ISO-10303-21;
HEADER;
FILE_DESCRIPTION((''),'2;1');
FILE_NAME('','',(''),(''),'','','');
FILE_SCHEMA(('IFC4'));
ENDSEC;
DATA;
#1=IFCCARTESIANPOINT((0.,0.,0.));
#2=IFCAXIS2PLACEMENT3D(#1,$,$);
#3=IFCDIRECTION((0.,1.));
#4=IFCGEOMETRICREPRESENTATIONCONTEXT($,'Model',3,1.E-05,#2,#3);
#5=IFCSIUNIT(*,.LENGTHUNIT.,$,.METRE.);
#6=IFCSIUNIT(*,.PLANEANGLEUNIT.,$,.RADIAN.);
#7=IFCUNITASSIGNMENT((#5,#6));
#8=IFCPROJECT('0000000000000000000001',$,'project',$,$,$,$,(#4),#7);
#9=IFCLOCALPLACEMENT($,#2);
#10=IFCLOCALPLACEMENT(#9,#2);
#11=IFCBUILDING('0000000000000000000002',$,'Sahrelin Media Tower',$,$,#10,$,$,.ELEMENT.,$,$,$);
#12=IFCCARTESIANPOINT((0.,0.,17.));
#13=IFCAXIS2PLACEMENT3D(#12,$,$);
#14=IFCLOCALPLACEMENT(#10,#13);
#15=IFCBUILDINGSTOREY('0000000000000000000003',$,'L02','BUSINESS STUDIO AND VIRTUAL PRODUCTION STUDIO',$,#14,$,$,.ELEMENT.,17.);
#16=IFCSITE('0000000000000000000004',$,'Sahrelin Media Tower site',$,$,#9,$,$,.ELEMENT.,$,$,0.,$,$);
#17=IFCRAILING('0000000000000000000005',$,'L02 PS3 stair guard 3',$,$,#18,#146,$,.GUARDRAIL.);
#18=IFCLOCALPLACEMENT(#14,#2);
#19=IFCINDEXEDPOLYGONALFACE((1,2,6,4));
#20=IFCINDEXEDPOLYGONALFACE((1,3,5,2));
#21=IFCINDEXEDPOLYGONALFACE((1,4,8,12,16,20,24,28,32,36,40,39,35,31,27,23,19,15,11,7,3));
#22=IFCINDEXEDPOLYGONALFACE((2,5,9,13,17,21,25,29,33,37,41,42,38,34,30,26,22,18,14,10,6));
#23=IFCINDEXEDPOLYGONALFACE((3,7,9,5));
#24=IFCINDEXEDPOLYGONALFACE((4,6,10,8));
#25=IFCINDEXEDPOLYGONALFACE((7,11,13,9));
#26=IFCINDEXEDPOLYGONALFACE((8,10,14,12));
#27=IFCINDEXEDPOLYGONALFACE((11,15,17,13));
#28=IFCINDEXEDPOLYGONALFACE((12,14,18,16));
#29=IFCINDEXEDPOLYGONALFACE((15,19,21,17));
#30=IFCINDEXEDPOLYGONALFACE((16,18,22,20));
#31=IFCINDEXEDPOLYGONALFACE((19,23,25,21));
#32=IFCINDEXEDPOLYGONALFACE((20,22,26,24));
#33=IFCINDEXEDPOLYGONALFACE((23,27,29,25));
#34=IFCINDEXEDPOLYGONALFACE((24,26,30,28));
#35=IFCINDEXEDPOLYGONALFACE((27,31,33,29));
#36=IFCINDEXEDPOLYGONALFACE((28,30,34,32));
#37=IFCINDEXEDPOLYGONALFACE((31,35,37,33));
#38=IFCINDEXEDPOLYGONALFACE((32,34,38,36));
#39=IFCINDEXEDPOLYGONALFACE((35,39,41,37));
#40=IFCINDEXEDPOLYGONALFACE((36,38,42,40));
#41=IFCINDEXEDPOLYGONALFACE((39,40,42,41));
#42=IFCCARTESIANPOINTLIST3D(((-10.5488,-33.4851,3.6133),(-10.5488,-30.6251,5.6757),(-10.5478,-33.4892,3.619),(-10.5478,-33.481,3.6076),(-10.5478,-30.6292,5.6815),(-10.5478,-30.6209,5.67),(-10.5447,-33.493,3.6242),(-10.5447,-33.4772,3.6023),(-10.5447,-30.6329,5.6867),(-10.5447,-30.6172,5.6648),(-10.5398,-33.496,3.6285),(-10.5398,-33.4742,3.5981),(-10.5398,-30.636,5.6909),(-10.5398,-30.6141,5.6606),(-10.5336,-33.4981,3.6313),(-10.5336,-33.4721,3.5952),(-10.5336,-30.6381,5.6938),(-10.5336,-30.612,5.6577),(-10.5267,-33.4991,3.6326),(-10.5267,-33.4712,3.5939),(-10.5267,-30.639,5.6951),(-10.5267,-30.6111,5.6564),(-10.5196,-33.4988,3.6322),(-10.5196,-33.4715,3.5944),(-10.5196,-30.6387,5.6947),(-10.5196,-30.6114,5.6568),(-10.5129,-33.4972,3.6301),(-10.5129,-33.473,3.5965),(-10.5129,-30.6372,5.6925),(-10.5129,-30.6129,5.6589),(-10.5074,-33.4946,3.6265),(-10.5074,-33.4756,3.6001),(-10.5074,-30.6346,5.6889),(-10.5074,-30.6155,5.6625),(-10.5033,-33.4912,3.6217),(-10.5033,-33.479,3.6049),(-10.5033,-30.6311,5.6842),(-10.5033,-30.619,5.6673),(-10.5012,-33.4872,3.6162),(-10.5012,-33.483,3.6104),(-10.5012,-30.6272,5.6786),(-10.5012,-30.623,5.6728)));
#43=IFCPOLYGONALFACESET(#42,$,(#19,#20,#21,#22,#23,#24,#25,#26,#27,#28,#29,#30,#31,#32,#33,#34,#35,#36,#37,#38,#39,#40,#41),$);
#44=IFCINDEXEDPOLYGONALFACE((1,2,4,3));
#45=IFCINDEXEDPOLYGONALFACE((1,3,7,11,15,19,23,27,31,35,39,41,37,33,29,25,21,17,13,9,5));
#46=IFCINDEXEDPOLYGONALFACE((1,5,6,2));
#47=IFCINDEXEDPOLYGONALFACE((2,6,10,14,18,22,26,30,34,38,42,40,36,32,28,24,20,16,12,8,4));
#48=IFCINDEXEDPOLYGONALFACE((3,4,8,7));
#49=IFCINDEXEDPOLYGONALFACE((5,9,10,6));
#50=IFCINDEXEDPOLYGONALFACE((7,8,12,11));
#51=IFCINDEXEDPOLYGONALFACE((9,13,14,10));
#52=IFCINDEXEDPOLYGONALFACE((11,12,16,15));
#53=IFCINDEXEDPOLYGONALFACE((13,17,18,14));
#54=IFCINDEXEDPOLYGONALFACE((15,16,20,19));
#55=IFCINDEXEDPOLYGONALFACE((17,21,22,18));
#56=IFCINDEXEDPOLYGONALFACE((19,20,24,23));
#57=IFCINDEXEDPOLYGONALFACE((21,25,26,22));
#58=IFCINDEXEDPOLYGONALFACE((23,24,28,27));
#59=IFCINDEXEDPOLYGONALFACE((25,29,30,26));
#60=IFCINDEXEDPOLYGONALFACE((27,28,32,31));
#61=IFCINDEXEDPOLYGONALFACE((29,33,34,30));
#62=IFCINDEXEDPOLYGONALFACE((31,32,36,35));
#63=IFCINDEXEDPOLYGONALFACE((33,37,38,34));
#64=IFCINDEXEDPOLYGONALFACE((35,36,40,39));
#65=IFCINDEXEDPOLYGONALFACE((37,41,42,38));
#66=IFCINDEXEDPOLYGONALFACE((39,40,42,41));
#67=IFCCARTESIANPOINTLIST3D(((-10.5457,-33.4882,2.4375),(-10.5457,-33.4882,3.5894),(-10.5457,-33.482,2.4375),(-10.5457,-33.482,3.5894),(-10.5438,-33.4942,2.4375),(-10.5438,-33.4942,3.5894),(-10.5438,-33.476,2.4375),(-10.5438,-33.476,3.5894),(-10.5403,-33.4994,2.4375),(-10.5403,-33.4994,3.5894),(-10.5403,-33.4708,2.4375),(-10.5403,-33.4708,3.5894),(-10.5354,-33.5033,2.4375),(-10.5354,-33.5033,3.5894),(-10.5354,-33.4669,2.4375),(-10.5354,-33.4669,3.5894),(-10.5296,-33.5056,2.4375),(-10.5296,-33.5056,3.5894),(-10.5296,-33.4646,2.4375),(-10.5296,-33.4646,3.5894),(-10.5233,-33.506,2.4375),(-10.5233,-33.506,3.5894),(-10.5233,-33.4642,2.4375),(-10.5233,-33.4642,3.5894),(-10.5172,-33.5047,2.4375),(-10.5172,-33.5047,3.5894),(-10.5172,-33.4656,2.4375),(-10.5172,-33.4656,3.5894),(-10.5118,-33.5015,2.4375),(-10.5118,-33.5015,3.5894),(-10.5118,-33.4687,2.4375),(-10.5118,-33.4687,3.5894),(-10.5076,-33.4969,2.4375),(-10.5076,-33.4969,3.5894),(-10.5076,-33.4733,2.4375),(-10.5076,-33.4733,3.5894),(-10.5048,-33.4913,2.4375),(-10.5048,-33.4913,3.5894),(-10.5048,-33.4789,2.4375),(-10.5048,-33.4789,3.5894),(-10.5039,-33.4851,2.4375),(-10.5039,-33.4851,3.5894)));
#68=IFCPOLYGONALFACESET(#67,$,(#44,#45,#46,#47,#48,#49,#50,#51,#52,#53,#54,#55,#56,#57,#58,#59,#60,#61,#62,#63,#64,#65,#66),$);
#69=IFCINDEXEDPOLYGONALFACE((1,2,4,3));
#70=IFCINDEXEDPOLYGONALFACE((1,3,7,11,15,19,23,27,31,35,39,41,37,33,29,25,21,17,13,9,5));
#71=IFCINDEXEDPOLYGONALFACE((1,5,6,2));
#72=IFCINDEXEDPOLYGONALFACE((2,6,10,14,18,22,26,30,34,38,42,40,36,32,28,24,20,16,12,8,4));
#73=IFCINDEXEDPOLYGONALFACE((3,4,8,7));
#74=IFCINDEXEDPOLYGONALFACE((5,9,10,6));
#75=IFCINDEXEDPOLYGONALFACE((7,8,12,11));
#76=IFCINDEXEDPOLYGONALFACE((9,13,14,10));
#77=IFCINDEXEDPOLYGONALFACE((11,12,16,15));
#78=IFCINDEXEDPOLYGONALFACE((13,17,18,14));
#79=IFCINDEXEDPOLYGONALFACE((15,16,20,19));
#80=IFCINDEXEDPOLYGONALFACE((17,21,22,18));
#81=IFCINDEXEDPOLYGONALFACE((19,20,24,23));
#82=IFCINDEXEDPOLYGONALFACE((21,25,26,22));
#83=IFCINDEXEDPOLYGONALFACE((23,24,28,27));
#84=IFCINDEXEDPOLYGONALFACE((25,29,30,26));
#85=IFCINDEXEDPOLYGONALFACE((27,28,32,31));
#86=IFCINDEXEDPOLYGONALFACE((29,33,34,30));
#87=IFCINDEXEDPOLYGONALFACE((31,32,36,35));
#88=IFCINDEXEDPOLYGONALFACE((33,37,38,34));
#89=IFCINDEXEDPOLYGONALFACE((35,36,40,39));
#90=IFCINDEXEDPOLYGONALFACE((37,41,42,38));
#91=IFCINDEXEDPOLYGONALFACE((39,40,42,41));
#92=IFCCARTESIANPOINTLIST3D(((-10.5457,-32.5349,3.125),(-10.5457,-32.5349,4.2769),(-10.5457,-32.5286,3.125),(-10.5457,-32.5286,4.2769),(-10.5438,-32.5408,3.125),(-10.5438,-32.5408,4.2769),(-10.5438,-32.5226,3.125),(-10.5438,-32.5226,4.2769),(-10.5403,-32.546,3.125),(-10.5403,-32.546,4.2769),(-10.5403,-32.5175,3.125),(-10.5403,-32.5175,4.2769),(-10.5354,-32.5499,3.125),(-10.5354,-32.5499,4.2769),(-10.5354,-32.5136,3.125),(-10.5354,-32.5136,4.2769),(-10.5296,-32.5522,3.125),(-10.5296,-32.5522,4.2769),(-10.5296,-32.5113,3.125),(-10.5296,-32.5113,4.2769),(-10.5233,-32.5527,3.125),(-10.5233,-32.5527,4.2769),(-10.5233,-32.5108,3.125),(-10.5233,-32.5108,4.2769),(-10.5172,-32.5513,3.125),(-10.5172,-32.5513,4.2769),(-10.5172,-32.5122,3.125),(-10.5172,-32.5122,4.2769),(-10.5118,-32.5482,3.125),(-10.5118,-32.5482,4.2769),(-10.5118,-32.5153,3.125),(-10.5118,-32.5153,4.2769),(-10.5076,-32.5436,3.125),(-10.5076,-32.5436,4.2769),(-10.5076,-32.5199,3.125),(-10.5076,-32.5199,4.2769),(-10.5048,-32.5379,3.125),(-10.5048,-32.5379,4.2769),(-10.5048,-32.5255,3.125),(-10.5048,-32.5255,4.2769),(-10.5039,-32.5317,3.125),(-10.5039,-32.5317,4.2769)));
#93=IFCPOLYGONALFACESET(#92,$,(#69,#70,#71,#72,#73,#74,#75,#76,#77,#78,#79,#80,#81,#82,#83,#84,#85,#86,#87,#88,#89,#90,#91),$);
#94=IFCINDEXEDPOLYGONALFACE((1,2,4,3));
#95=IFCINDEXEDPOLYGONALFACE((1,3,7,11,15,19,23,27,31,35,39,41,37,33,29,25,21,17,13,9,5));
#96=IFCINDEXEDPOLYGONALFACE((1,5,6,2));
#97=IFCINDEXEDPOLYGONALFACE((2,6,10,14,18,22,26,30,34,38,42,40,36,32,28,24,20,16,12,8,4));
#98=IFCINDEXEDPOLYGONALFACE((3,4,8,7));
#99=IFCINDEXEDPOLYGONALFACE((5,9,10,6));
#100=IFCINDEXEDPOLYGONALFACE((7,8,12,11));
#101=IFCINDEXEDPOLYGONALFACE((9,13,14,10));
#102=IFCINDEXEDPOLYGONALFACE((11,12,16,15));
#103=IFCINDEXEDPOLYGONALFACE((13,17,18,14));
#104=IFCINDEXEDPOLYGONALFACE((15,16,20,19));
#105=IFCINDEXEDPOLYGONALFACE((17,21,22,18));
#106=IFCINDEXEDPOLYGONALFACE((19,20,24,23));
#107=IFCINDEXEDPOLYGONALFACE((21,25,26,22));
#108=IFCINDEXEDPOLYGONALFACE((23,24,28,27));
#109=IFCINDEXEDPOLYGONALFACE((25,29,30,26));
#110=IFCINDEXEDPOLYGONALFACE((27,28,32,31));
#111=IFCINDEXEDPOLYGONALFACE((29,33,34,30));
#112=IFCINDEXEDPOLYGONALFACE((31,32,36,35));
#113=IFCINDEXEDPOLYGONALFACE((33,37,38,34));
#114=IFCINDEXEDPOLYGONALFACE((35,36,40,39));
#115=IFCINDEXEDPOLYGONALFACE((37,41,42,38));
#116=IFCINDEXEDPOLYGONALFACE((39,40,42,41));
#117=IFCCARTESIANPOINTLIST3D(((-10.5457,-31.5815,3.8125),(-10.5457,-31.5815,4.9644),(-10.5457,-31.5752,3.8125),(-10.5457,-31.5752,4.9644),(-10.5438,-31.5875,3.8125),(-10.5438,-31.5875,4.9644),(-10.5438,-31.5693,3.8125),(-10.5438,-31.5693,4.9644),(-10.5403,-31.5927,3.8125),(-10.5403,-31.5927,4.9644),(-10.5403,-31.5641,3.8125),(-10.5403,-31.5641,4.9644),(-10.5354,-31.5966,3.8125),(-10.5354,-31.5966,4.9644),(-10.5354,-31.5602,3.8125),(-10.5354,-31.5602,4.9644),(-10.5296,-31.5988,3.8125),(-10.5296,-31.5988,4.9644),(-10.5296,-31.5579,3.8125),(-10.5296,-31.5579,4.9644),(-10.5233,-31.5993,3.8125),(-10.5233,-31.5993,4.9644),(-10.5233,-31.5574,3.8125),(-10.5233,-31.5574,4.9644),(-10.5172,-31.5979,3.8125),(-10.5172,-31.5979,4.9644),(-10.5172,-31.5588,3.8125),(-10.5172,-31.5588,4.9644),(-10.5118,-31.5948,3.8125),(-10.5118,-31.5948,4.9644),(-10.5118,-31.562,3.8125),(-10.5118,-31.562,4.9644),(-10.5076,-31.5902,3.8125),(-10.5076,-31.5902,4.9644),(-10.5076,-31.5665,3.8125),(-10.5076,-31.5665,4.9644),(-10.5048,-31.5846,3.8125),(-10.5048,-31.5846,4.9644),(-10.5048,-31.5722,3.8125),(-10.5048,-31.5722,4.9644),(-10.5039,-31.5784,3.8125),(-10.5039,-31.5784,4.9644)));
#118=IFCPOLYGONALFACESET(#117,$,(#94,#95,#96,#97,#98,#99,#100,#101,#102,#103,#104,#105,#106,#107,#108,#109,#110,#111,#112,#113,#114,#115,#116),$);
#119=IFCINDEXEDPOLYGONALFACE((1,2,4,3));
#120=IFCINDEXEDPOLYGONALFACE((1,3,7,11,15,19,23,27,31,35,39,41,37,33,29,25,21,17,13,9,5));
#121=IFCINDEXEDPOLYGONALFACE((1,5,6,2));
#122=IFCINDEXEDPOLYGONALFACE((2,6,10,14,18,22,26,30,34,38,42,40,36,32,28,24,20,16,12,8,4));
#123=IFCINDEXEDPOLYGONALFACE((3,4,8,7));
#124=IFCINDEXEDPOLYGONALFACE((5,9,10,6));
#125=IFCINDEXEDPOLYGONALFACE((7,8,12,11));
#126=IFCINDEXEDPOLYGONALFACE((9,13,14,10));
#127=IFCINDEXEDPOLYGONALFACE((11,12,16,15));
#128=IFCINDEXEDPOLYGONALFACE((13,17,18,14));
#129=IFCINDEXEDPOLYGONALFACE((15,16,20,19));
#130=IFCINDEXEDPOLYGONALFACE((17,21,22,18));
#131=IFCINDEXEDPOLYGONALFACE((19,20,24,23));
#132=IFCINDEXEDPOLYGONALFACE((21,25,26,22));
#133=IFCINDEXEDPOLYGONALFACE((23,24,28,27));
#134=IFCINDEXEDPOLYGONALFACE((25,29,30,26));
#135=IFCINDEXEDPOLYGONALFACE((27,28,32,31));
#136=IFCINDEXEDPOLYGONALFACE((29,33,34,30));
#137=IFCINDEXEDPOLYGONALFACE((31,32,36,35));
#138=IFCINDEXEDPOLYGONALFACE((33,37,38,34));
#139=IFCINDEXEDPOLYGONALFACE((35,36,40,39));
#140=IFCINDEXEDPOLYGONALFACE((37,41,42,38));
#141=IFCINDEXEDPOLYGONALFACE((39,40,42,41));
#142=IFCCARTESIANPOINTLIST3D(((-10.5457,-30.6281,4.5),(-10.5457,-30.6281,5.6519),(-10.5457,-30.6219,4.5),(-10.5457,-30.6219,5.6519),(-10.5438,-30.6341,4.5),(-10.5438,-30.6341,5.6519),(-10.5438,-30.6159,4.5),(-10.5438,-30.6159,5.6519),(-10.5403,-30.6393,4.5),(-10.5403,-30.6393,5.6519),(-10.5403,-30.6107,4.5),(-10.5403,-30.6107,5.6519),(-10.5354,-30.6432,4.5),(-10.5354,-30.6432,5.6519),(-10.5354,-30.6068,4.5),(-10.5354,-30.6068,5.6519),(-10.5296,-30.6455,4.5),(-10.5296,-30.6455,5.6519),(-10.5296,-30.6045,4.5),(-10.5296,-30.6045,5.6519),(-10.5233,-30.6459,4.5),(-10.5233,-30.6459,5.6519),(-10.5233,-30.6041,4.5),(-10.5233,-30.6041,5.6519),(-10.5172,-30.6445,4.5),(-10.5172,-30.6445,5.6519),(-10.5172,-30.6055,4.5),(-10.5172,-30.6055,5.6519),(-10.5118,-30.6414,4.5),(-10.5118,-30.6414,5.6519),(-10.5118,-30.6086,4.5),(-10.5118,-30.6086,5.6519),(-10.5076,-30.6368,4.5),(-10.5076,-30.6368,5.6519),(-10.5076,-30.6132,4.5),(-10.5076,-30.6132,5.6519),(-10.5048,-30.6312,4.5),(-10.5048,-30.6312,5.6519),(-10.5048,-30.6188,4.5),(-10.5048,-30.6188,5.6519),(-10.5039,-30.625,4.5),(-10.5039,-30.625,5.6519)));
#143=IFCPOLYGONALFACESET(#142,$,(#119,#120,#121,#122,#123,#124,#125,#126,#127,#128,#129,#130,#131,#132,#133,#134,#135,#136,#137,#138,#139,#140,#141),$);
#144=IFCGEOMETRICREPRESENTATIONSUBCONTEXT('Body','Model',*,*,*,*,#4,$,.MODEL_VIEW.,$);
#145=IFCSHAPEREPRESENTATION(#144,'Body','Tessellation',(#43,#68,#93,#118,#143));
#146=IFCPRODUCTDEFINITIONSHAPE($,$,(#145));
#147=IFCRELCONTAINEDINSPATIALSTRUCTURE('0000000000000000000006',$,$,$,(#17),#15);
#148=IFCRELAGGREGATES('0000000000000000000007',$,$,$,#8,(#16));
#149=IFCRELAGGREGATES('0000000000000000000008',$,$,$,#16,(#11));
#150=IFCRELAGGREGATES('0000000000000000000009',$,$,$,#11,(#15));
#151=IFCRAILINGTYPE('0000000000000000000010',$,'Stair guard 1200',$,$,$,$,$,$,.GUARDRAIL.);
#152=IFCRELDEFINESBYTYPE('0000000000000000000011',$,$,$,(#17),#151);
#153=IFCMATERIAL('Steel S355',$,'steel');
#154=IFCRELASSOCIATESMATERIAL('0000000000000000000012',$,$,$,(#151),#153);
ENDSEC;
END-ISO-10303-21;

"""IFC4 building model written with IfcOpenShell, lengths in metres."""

from ifc_helpers import new_model, si_unit, direction, frame, origin, origin_2d, place, context, subcontext, project, spatial, circle, extrude, material, type_object, element, save


model = new_model("IFC4")

# Units and contexts
model_context = context("Model", 3, precision=1e-05, world=origin(), true_north=direction((0.0, 1.0)))
body_context = subcontext(model_context, "Body", "Model", "MODEL_VIEW")
ifc_project = project(units=[si_unit("LENGTHUNIT", "METRE"), si_unit("PLANEANGLEUNIT", "RADIAN")], contexts=[model_context])

# Site, building, storey
site_placement = place(None, origin())
site = spatial("IfcSite", under=ifc_project, at=site_placement, Name="Sahrelin Media Tower site", CompositionType="ELEMENT", RefElevation=0.0)
building_placement = place(site_placement, origin())
building = spatial("IfcBuilding", under=site, at=building_placement, Name="Sahrelin Media Tower", CompositionType="ELEMENT")
storey_placement = place(building_placement, frame((0.0, 0.0, 17.0)))
storey = spatial("IfcBuildingStorey", under=building, at=storey_placement, Name="L02", Description="BUSINESS STUDIO AND VIRTUAL PRODUCTION STUDIO", CompositionType="ELEMENT", Elevation=17.0)

# Shared definitions
ifc_material_1 = material(Name="Steel S355", Category="steel")

# Railing
railing_type_1 = type_object("IfcRailingType", Name="Stair guard 1200", PredefinedType="GUARDRAIL", material=ifc_material_1)
railing_1_placement = place(storey_placement, frame((-10.5249, -33.4851, 2.4375)))
element("IfcRailing", 1, at=railing_1_placement, inside=storey, type_object=railing_type_1, Name="L02 PS3 stair guard 3", PredefinedType="GUARDRAIL", context=body_context, shape_type="SweptSolid", body=[
    extrude(circle(Radius=0.0239, at=origin_2d()), frame((0.0, 0.0, 1.1758), z_axis=(0.0, 0.811101, 0.584906), x_axis=(-1.0, 0.0, 0.0)), (0.0, 0.0, 1.0), 3.5261),
    extrude(circle(Radius=0.021, at=origin_2d()), origin(), (0.0, 0.0, 1.0), 1.1519),
    extrude(circle(Radius=0.021, at=origin_2d()), frame((0.0, 0.9534, 0.6875)), (0.0, 0.0, 1.0), 1.1519),
    extrude(circle(Radius=0.021, at=origin_2d()), frame((0.0, 1.9067, 1.375)), (0.0, 0.0, 1.0), 1.1519),
    extrude(circle(Radius=0.021, at=origin_2d()), frame((0.0, 2.8601, 2.0625)), (0.0, 0.0, 1.0), 1.1519),
])

save(model, "model.ifc")
